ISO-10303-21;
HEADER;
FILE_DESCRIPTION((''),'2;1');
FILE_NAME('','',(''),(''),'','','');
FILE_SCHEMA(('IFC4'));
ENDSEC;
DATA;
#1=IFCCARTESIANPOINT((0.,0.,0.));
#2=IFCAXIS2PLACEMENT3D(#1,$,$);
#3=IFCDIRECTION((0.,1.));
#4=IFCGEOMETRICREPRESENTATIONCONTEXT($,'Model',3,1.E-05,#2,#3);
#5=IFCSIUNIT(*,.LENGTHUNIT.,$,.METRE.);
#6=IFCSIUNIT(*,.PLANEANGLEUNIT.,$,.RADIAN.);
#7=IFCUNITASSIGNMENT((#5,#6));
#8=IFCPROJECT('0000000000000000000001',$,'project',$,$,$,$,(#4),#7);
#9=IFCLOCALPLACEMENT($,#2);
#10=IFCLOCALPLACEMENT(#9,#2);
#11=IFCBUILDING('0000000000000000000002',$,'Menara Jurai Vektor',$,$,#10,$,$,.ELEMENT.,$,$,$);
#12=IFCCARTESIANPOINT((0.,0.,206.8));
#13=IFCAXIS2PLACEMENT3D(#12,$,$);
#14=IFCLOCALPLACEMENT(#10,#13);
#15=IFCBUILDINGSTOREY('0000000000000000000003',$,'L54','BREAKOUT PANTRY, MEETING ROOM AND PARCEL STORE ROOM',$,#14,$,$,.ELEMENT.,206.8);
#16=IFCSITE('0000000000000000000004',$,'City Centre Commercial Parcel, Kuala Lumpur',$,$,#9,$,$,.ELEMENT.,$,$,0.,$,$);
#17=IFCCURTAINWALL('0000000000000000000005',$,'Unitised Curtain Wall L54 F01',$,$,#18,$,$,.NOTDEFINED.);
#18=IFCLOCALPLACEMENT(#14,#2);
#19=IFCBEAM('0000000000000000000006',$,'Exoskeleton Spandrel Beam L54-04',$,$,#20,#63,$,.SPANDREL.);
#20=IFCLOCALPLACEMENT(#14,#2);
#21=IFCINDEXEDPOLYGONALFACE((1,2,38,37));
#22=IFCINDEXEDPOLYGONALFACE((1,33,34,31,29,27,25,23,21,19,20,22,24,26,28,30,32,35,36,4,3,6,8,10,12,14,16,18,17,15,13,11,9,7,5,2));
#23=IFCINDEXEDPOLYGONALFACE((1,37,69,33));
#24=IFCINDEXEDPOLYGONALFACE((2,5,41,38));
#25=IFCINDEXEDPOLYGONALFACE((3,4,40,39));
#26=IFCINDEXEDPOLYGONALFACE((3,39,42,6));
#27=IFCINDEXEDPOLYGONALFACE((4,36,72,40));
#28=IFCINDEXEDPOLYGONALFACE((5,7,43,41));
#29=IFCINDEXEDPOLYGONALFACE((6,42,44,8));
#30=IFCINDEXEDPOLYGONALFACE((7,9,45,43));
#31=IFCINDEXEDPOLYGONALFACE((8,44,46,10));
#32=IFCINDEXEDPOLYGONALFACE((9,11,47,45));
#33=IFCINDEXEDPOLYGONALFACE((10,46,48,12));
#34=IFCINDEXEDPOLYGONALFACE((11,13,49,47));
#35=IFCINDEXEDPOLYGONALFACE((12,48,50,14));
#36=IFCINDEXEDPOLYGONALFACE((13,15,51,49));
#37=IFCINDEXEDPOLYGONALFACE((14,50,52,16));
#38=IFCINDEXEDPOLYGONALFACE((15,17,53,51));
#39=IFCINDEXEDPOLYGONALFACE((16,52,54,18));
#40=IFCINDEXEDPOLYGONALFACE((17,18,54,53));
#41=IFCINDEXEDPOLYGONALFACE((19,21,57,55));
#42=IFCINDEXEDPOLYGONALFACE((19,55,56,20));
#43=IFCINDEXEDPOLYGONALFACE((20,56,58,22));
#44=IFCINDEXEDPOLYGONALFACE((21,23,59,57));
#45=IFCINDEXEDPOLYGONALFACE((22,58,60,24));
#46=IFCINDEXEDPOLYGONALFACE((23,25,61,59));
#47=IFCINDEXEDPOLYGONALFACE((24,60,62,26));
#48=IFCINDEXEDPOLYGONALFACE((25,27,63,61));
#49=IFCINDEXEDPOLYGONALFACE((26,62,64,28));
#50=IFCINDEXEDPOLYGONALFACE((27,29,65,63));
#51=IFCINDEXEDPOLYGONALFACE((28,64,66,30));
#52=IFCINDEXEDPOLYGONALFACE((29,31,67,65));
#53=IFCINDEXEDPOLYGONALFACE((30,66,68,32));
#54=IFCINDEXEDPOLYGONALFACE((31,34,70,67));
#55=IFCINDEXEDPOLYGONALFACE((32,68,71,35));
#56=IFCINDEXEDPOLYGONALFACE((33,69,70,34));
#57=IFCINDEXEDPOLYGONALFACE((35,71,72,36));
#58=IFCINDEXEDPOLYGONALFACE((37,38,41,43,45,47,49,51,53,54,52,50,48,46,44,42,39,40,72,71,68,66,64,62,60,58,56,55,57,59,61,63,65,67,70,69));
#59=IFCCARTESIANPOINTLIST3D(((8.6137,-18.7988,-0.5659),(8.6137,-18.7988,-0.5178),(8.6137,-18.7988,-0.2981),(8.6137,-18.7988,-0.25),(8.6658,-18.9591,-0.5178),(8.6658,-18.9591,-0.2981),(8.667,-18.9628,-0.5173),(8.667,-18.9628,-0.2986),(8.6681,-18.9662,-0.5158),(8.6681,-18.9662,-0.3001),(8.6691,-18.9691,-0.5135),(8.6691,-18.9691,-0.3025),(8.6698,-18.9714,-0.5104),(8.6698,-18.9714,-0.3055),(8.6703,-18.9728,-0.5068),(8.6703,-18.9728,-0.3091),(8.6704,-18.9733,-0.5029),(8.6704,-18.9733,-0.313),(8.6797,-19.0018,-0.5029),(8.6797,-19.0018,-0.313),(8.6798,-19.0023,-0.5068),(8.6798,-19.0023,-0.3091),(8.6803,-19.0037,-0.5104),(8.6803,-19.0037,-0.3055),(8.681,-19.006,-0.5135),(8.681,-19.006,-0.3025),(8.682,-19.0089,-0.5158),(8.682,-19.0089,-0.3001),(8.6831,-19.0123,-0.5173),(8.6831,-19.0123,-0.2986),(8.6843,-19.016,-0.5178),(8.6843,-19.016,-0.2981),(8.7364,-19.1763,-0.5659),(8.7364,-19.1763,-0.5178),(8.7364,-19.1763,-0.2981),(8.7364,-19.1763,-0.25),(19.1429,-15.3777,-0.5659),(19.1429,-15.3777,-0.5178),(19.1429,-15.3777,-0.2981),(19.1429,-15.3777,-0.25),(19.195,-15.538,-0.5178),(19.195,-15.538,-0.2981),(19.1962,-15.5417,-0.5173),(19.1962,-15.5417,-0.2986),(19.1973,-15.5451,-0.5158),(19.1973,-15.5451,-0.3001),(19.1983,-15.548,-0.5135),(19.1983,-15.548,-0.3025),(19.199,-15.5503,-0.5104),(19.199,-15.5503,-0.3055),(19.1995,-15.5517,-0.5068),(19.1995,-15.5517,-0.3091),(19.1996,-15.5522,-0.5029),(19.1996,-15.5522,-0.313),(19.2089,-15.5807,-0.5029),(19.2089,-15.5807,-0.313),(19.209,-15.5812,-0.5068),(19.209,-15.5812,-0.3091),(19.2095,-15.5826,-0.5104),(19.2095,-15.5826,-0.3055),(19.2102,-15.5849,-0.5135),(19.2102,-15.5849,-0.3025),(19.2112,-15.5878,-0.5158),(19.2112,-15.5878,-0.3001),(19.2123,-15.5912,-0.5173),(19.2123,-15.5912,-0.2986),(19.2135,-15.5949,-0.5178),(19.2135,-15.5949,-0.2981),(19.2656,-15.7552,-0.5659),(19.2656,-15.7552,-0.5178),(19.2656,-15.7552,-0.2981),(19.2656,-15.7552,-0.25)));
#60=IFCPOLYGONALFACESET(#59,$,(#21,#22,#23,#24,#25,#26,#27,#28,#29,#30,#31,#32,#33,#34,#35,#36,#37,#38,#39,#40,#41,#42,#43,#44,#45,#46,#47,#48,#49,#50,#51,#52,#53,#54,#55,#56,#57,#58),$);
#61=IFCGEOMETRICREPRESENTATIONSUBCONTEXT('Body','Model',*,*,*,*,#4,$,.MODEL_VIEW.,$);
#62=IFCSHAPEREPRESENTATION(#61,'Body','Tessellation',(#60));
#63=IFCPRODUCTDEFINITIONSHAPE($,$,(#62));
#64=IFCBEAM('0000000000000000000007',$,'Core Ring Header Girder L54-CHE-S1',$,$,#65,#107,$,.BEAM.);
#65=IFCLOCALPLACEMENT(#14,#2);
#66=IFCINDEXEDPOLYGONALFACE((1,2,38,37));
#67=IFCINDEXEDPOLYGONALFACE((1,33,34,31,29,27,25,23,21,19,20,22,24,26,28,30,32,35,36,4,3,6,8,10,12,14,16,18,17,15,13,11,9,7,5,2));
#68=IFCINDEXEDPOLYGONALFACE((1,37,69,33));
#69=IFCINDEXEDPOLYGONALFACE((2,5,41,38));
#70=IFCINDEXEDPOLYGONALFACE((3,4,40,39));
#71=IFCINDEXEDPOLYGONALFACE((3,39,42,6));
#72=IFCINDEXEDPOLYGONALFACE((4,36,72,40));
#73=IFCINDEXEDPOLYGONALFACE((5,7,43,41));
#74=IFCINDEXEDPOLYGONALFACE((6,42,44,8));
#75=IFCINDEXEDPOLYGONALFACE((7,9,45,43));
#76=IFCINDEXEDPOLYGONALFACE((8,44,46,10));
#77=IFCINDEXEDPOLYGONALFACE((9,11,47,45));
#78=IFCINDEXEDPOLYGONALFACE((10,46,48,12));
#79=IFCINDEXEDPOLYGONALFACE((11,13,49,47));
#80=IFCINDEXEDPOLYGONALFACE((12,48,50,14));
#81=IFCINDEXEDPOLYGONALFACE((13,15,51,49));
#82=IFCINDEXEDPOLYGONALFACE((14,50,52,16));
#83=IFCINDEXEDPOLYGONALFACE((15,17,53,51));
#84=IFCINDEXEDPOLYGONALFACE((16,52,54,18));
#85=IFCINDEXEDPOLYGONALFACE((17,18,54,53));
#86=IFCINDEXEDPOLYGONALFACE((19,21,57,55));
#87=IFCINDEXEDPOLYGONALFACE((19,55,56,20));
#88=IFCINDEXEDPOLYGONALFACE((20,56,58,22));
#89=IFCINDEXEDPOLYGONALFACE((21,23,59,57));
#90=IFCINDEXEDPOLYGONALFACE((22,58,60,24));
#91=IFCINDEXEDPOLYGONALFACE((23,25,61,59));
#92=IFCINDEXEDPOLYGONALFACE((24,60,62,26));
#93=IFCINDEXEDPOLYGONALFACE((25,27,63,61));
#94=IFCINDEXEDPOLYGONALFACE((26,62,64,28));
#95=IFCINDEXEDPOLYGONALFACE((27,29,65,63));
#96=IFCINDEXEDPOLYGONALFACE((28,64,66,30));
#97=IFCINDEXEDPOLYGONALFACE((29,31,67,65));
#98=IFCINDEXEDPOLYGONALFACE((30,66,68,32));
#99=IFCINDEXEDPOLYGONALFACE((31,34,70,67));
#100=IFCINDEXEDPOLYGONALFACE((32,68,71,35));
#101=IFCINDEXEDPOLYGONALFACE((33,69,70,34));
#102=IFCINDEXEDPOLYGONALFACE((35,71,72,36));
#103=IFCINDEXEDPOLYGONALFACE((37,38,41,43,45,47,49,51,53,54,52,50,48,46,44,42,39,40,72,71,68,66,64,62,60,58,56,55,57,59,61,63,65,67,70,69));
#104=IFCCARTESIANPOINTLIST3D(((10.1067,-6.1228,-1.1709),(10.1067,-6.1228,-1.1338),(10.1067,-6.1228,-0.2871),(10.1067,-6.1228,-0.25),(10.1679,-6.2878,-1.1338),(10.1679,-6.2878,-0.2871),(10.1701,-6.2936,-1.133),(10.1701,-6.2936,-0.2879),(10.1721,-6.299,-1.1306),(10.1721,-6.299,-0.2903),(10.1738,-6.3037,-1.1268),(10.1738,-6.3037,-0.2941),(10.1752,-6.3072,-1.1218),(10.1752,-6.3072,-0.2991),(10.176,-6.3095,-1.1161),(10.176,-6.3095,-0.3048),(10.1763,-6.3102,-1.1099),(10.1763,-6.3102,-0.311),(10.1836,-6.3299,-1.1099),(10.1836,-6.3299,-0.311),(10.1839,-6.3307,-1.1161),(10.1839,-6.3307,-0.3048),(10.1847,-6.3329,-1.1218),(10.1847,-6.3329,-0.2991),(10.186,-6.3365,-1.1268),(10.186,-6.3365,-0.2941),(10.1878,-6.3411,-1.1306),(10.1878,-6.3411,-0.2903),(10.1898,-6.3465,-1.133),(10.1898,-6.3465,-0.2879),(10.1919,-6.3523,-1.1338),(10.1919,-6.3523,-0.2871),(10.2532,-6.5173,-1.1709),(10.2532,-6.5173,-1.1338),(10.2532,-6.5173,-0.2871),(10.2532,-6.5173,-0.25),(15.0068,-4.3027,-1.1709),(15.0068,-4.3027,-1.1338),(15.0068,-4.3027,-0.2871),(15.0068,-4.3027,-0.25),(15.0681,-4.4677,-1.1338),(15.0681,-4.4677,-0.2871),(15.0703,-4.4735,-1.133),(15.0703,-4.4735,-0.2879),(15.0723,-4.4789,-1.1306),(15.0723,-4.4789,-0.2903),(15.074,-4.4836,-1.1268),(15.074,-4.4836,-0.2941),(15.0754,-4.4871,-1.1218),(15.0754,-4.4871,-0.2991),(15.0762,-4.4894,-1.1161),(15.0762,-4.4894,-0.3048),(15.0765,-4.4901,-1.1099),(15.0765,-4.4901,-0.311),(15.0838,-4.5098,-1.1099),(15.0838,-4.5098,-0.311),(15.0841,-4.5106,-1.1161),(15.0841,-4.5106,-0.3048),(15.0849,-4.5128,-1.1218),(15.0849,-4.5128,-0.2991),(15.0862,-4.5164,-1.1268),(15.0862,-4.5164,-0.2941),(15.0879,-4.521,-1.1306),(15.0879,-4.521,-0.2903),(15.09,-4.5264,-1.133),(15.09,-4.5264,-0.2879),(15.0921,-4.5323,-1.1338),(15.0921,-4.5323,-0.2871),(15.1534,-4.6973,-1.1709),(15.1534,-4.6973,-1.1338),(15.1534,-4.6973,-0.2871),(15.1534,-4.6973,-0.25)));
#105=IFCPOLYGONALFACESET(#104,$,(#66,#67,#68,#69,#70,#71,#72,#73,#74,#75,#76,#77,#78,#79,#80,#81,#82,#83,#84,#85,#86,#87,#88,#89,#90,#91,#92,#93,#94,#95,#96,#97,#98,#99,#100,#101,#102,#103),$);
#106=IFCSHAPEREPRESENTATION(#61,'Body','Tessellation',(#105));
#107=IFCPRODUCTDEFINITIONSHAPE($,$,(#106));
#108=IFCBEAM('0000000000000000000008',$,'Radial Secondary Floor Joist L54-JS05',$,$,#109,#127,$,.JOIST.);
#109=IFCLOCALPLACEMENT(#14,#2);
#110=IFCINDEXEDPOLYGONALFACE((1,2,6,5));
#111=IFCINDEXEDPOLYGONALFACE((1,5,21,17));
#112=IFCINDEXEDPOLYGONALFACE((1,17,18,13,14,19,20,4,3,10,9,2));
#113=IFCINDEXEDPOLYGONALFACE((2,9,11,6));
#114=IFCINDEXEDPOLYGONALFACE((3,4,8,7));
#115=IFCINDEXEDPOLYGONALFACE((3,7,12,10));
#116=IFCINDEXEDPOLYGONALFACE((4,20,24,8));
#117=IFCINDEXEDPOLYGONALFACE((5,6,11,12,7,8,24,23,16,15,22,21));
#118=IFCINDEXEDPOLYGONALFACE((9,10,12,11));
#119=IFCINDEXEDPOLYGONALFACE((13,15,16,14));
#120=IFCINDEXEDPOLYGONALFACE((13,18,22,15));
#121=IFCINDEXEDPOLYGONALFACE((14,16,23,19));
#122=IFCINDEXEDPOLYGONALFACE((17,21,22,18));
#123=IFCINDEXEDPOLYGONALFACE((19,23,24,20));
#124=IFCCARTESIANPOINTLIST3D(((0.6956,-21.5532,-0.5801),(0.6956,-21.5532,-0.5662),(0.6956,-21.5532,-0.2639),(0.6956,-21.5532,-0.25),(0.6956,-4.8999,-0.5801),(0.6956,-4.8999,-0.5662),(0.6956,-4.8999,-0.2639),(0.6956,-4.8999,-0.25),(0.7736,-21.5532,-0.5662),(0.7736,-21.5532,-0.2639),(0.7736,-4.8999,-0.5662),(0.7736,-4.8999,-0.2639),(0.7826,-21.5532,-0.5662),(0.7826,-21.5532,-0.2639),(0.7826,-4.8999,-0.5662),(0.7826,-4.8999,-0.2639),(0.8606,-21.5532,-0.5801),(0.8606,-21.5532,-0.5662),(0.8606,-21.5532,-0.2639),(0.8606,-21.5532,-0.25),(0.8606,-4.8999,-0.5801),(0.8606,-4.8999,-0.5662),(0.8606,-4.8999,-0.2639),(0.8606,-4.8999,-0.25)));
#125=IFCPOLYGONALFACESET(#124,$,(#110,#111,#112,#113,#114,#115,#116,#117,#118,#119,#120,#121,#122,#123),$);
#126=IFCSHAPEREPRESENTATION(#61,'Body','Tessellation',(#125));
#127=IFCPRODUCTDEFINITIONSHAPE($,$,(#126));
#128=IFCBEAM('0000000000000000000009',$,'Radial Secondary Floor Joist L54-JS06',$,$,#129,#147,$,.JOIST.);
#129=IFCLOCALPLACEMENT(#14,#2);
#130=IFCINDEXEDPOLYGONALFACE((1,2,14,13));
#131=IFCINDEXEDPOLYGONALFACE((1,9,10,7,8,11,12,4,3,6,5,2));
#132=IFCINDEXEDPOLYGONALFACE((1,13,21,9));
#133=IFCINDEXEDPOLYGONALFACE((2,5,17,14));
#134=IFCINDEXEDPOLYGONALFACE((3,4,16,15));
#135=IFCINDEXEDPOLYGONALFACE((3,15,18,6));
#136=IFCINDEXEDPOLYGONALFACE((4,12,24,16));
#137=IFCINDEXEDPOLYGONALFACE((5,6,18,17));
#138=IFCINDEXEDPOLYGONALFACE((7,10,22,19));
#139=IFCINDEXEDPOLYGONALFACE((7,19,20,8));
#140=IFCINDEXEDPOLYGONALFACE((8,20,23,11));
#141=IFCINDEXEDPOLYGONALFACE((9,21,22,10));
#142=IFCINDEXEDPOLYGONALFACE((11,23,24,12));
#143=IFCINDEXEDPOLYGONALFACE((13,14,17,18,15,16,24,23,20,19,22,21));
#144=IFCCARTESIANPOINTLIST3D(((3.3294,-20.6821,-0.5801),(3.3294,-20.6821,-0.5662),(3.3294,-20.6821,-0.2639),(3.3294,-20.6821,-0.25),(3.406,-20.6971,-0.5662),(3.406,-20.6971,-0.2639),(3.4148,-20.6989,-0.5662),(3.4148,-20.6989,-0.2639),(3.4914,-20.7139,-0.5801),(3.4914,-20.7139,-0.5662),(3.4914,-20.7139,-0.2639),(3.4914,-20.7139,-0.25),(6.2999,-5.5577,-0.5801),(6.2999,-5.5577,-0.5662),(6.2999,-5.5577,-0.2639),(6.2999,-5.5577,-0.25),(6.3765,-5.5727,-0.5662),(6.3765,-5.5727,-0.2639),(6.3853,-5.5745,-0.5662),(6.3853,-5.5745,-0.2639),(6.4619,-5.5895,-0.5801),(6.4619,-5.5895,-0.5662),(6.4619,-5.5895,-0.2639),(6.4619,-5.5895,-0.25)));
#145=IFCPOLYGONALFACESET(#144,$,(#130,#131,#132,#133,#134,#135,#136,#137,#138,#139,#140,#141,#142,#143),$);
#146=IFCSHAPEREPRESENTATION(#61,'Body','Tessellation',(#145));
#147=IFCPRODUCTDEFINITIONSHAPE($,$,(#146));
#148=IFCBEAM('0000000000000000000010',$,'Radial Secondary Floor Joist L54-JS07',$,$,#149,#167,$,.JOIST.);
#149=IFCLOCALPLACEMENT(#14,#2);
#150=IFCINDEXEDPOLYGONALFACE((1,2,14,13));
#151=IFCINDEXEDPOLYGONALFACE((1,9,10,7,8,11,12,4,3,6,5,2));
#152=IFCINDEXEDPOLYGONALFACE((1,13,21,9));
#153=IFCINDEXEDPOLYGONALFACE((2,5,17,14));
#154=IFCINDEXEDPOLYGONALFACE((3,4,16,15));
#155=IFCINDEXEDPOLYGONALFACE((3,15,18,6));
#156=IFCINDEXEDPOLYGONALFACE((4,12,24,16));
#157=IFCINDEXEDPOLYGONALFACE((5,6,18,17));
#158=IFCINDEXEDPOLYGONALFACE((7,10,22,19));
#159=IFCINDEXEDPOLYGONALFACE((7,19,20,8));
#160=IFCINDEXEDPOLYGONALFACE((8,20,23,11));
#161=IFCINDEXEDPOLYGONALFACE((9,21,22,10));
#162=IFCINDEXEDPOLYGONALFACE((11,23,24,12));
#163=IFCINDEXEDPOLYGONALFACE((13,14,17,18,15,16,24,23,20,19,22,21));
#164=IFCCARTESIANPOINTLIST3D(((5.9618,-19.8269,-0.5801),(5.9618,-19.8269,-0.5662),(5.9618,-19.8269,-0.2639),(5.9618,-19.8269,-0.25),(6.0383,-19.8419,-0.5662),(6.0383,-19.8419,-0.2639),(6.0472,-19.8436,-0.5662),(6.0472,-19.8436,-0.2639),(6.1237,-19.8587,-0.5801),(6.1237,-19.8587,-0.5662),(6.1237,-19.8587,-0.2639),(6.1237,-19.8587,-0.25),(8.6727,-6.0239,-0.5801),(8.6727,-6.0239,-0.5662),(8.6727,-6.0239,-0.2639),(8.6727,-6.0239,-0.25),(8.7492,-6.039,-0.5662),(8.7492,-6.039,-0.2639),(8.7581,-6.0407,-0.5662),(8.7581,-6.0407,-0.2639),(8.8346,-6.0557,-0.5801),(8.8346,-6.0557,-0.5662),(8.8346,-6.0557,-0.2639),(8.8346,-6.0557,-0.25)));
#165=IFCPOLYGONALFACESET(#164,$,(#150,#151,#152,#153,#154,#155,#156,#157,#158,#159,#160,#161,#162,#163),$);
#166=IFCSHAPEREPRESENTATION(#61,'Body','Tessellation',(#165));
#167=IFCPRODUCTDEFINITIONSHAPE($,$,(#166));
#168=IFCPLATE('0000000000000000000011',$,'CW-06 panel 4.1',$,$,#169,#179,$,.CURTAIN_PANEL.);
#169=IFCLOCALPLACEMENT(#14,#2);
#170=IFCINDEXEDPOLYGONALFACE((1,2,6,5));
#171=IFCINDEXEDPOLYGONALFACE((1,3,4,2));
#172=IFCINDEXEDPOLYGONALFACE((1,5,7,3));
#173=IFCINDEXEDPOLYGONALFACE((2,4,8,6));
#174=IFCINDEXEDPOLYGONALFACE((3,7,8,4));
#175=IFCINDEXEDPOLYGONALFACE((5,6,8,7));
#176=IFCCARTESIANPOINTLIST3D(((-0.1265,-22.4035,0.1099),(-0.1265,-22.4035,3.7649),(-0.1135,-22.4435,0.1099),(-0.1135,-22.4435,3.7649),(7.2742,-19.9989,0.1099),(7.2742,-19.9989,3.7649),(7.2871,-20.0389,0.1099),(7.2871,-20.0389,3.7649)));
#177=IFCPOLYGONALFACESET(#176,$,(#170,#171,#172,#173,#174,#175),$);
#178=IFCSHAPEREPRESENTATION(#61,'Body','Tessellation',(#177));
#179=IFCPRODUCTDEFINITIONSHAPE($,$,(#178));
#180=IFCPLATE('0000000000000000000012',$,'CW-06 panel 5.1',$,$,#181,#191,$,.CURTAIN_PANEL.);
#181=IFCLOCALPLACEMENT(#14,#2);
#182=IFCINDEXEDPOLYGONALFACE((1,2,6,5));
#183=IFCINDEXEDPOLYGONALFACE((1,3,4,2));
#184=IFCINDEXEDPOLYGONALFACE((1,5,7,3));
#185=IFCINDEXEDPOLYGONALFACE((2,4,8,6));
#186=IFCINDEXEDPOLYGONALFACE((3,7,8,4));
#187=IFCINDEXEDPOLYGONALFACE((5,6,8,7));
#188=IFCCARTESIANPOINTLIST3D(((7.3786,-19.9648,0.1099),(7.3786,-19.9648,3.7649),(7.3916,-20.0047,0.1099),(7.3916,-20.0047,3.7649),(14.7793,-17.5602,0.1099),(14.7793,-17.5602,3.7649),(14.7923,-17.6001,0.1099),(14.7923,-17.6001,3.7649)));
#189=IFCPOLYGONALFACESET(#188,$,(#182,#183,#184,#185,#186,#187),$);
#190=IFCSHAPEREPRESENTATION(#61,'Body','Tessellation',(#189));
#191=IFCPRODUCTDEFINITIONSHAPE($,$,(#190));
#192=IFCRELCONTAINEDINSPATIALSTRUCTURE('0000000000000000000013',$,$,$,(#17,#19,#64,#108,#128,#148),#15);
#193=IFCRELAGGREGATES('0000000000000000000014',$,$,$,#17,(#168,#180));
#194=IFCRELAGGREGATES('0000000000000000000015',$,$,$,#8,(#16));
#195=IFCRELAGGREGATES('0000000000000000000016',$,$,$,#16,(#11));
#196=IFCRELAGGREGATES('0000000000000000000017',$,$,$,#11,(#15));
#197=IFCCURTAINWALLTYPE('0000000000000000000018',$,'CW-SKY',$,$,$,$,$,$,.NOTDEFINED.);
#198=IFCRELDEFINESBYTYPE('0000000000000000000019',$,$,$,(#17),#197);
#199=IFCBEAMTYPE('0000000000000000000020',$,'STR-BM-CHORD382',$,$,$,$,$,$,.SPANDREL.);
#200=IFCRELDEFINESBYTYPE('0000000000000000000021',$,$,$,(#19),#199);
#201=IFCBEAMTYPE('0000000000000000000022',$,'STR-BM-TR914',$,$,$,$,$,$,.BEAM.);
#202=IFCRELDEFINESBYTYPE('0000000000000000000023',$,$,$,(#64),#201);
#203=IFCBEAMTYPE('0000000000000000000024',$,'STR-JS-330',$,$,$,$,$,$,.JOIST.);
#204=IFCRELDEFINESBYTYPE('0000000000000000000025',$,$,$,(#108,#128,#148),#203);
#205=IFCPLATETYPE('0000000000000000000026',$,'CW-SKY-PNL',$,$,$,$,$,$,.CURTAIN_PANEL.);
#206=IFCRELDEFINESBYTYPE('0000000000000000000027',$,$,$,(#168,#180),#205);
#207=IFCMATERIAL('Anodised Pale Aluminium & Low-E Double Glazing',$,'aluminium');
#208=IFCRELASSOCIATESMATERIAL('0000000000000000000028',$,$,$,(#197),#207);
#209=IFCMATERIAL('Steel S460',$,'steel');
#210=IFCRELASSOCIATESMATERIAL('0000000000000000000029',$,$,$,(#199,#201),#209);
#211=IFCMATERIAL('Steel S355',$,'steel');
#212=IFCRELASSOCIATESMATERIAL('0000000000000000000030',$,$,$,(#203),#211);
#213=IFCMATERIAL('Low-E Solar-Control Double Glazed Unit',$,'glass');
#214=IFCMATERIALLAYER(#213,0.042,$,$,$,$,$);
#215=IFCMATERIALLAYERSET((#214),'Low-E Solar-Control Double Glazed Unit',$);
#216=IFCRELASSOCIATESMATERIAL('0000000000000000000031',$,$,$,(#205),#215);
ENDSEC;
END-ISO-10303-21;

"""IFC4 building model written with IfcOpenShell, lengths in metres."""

from ifc_helpers import new_model, si_unit, direction, frame, origin, origin_2d, place, context, subcontext, project, spatial, rectangle, i_section, extrude, material, layer, layer_set, material_profile, profile_set, type_object, element, aggregate, save


model = new_model("IFC4")

# Units and contexts
model_context = context("Model", 3, precision=1e-05, world=origin(), true_north=direction((0.0, 1.0)))
body_context = subcontext(model_context, "Body", "Model", "MODEL_VIEW")
ifc_project = project(units=[si_unit("LENGTHUNIT", "METRE"), si_unit("PLANEANGLEUNIT", "RADIAN")], contexts=[model_context])

# Site, building, storey
site_placement = place(None, origin())
site = spatial("IfcSite", under=ifc_project, at=site_placement, Name="City Centre Commercial Parcel, Kuala Lumpur", CompositionType="ELEMENT", RefElevation=0.0)
building_placement = place(site_placement, origin())
building = spatial("IfcBuilding", under=site, at=building_placement, Name="Menara Jurai Vektor", CompositionType="ELEMENT")
storey_placement = place(building_placement, frame((0.0, 0.0, 206.8)))
storey = spatial("IfcBuildingStorey", under=building, at=storey_placement, Name="L54", Description="BREAKOUT PANTRY, MEETING ROOM AND PARCEL STORE ROOM", CompositionType="ELEMENT", Elevation=206.8)

# Shared definitions
ifc_material_1 = material(Name="Steel S460", Category="steel")

# Curtain wall
ifc_material_2 = material(Name="Anodised Pale Aluminium & Low-E Double Glazing", Category="aluminium")
curtain_wall_type = type_object("IfcCurtainWallType", Name="CW-SKY", PredefinedType="NOTDEFINED", material=ifc_material_2)
curtain_wall_placement = place(storey_placement, origin())
curtain_wall = element("IfcCurtainWall", 1, at=curtain_wall_placement, inside=storey, type_object=curtain_wall_type, Name="Unitised Curtain Wall L54 F01", PredefinedType="NOTDEFINED")

# Beams
ifc_material_3 = material(Name="Steel S355", Category="steel")
ifc_material_profile_1 = material_profile(ifc_material_1, i_section(OverallWidth=0.397, OverallDepth=0.3159, WebThickness=0.03, FlangeThickness=0.0481, FilletRadius=0.0149, at=origin_2d()), Name="HD 400x382")
ifc_profile_set_1 = profile_set([ifc_material_profile_1], Name="Steel S460")
beam_type_1 = type_object("IfcBeamType", Name="STR-BM-CHORD382", PredefinedType="SPANDREL", material=ifc_profile_set_1)
beam_1_placement = place(storey_placement, frame((8.675, -18.9875, -0.408), z_axis=(0.951057, 0.309014, 0.0), x_axis=(-0.309014, 0.951057, 0.0)))
element("IfcBeam", 2, at=beam_1_placement, inside=storey, type_object=beam_type_1, Name="Exoskeleton Spandrel Beam L54-04", PredefinedType="SPANDREL", context=body_context, shape_type="SweptSolid", body=[
    extrude(i_section(OverallWidth=0.397, OverallDepth=0.3159, WebThickness=0.03, FlangeThickness=0.0481, FilletRadius=0.0149, at=origin_2d()), origin(), (0.0, 0.0, 1.0), 11.071),
])
ifc_material_profile_2 = material_profile(ifc_material_1, i_section(OverallWidth=0.4209, OverallDepth=0.9209, WebThickness=0.021, FlangeThickness=0.0371, FilletRadius=0.0239, at=origin_2d()), Name="UKB 914x419x388")
ifc_profile_set_2 = profile_set([ifc_material_profile_2], Name="Steel S460")
beam_type_2 = type_object("IfcBeamType", Name="STR-BM-TR914", PredefinedType="BEAM", material=ifc_profile_set_2)
beam_2_placement = place(storey_placement, frame((10.1799, -6.3201, -0.7104), z_axis=(0.937424, 0.348189, 0.0), x_axis=(-0.348189, 0.937424, 0.0)))
element("IfcBeam", 3, at=beam_2_placement, inside=storey, type_object=beam_type_2, Name="Core Ring Header Girder L54-CHE-S1", PredefinedType="BEAM", context=body_context, shape_type="SweptSolid", body=[
    extrude(i_section(OverallWidth=0.4209, OverallDepth=0.9209, WebThickness=0.021, FlangeThickness=0.0371, FilletRadius=0.0239, at=origin_2d()), origin(), (0.0, 0.0, 1.0), 5.2273),
])
ifc_material_profile_3 = material_profile(ifc_material_3, i_section(OverallWidth=0.165, OverallDepth=0.3301, WebThickness=0.009, FlangeThickness=0.0139, at=origin_2d()), Name="PG 330x165x46")
ifc_profile_set_3 = profile_set([ifc_material_profile_3], Name="Steel S355")
beam_type_3 = type_object("IfcBeamType", Name="STR-JS-330", PredefinedType="JOIST", material=ifc_profile_set_3)
beam_3_placement = place(storey_placement, frame((0.7781, -21.5532, -0.415), z_axis=(0.0, 1.0, 0.0), x_axis=(-1.0, 0.0, 0.0)))
element("IfcBeam", 4, at=beam_3_placement, inside=storey, type_object=beam_type_3, Name="Radial Secondary Floor Joist L54-JS05", PredefinedType="JOIST", context=body_context, shape_type="SweptSolid", body=[
    extrude(i_section(OverallWidth=0.165, OverallDepth=0.3301, WebThickness=0.009, FlangeThickness=0.0139, at=origin_2d()), origin(), (0.0, 0.0, 1.0), 16.6533),
])
beam_4_placement = place(storey_placement, frame((3.4104, -20.698, -0.415), z_axis=(0.192722, 0.981253, 0.0), x_axis=(-0.981253, 0.192722, 0.0)))
element("IfcBeam", 5, at=beam_4_placement, inside=storey, type_object=beam_type_3, Name="Radial Secondary Floor Joist L54-JS06", PredefinedType="JOIST", context=body_context, shape_type="SweptSolid", body=[
    extrude(i_section(OverallWidth=0.165, OverallDepth=0.3301, WebThickness=0.009, FlangeThickness=0.0139, at=origin_2d()), origin(), (0.0, 0.0, 1.0), 15.4133),
])
beam_5_placement = place(storey_placement, frame((6.0427, -19.8428, -0.415), z_axis=(0.192721, 0.981254, 0.0), x_axis=(-0.981254, 0.192721, 0.0)))
element("IfcBeam", 6, at=beam_5_placement, inside=storey, type_object=beam_type_3, Name="Radial Secondary Floor Joist L54-JS07", PredefinedType="JOIST", context=body_context, shape_type="SweptSolid", body=[
    extrude(i_section(OverallWidth=0.165, OverallDepth=0.3301, WebThickness=0.009, FlangeThickness=0.0139, at=origin_2d()), origin(), (0.0, 0.0, 1.0), 14.0667),
])

# Plates
ifc_material_4 = material(Name="Low-E Solar-Control Double Glazed Unit", Category="glass")
ifc_layer_1 = layer(ifc_material_4, 0.042)
ifc_layer_set_1 = layer_set([ifc_layer_1], Name="Low-E Solar-Control Double Glazed Unit")
plate_type_1 = type_object("IfcPlateType", Name="CW-SKY-PNL", PredefinedType="CURTAIN_PANEL", material=ifc_layer_set_1)
plate_1_placement = place(storey_placement, frame((3.5803, -21.2212, 0.1099), z_axis=(0.0, 0.0, 1.0), x_axis=(0.951056, 0.309017, 0.0)))
plate_1 = element("IfcPlate", 7, at=plate_1_placement, type_object=plate_type_1, Name="CW-06 panel 4.1", PredefinedType="CURTAIN_PANEL", context=body_context, shape_type="SweptSolid", body=[
    extrude(rectangle(XDim=7.7815, YDim=0.042, at=origin_2d()), origin(), (0.0, 0.0, 1.0), 3.655),
])
plate_2_placement = place(storey_placement, frame((11.0854, -18.7825, 0.1099), z_axis=(0.0, 0.0, 1.0), x_axis=(0.951056, 0.309017, 0.0)))
plate_2 = element("IfcPlate", 8, at=plate_2_placement, type_object=plate_type_1, Name="CW-06 panel 5.1", PredefinedType="CURTAIN_PANEL", context=body_context, shape_type="SweptSolid", body=[
    extrude(rectangle(XDim=7.7815, YDim=0.042, at=origin_2d()), origin(), (0.0, 0.0, 1.0), 3.655),
])
aggregate(curtain_wall, [plate_1, plate_2])

save(model, "model.ifc")
